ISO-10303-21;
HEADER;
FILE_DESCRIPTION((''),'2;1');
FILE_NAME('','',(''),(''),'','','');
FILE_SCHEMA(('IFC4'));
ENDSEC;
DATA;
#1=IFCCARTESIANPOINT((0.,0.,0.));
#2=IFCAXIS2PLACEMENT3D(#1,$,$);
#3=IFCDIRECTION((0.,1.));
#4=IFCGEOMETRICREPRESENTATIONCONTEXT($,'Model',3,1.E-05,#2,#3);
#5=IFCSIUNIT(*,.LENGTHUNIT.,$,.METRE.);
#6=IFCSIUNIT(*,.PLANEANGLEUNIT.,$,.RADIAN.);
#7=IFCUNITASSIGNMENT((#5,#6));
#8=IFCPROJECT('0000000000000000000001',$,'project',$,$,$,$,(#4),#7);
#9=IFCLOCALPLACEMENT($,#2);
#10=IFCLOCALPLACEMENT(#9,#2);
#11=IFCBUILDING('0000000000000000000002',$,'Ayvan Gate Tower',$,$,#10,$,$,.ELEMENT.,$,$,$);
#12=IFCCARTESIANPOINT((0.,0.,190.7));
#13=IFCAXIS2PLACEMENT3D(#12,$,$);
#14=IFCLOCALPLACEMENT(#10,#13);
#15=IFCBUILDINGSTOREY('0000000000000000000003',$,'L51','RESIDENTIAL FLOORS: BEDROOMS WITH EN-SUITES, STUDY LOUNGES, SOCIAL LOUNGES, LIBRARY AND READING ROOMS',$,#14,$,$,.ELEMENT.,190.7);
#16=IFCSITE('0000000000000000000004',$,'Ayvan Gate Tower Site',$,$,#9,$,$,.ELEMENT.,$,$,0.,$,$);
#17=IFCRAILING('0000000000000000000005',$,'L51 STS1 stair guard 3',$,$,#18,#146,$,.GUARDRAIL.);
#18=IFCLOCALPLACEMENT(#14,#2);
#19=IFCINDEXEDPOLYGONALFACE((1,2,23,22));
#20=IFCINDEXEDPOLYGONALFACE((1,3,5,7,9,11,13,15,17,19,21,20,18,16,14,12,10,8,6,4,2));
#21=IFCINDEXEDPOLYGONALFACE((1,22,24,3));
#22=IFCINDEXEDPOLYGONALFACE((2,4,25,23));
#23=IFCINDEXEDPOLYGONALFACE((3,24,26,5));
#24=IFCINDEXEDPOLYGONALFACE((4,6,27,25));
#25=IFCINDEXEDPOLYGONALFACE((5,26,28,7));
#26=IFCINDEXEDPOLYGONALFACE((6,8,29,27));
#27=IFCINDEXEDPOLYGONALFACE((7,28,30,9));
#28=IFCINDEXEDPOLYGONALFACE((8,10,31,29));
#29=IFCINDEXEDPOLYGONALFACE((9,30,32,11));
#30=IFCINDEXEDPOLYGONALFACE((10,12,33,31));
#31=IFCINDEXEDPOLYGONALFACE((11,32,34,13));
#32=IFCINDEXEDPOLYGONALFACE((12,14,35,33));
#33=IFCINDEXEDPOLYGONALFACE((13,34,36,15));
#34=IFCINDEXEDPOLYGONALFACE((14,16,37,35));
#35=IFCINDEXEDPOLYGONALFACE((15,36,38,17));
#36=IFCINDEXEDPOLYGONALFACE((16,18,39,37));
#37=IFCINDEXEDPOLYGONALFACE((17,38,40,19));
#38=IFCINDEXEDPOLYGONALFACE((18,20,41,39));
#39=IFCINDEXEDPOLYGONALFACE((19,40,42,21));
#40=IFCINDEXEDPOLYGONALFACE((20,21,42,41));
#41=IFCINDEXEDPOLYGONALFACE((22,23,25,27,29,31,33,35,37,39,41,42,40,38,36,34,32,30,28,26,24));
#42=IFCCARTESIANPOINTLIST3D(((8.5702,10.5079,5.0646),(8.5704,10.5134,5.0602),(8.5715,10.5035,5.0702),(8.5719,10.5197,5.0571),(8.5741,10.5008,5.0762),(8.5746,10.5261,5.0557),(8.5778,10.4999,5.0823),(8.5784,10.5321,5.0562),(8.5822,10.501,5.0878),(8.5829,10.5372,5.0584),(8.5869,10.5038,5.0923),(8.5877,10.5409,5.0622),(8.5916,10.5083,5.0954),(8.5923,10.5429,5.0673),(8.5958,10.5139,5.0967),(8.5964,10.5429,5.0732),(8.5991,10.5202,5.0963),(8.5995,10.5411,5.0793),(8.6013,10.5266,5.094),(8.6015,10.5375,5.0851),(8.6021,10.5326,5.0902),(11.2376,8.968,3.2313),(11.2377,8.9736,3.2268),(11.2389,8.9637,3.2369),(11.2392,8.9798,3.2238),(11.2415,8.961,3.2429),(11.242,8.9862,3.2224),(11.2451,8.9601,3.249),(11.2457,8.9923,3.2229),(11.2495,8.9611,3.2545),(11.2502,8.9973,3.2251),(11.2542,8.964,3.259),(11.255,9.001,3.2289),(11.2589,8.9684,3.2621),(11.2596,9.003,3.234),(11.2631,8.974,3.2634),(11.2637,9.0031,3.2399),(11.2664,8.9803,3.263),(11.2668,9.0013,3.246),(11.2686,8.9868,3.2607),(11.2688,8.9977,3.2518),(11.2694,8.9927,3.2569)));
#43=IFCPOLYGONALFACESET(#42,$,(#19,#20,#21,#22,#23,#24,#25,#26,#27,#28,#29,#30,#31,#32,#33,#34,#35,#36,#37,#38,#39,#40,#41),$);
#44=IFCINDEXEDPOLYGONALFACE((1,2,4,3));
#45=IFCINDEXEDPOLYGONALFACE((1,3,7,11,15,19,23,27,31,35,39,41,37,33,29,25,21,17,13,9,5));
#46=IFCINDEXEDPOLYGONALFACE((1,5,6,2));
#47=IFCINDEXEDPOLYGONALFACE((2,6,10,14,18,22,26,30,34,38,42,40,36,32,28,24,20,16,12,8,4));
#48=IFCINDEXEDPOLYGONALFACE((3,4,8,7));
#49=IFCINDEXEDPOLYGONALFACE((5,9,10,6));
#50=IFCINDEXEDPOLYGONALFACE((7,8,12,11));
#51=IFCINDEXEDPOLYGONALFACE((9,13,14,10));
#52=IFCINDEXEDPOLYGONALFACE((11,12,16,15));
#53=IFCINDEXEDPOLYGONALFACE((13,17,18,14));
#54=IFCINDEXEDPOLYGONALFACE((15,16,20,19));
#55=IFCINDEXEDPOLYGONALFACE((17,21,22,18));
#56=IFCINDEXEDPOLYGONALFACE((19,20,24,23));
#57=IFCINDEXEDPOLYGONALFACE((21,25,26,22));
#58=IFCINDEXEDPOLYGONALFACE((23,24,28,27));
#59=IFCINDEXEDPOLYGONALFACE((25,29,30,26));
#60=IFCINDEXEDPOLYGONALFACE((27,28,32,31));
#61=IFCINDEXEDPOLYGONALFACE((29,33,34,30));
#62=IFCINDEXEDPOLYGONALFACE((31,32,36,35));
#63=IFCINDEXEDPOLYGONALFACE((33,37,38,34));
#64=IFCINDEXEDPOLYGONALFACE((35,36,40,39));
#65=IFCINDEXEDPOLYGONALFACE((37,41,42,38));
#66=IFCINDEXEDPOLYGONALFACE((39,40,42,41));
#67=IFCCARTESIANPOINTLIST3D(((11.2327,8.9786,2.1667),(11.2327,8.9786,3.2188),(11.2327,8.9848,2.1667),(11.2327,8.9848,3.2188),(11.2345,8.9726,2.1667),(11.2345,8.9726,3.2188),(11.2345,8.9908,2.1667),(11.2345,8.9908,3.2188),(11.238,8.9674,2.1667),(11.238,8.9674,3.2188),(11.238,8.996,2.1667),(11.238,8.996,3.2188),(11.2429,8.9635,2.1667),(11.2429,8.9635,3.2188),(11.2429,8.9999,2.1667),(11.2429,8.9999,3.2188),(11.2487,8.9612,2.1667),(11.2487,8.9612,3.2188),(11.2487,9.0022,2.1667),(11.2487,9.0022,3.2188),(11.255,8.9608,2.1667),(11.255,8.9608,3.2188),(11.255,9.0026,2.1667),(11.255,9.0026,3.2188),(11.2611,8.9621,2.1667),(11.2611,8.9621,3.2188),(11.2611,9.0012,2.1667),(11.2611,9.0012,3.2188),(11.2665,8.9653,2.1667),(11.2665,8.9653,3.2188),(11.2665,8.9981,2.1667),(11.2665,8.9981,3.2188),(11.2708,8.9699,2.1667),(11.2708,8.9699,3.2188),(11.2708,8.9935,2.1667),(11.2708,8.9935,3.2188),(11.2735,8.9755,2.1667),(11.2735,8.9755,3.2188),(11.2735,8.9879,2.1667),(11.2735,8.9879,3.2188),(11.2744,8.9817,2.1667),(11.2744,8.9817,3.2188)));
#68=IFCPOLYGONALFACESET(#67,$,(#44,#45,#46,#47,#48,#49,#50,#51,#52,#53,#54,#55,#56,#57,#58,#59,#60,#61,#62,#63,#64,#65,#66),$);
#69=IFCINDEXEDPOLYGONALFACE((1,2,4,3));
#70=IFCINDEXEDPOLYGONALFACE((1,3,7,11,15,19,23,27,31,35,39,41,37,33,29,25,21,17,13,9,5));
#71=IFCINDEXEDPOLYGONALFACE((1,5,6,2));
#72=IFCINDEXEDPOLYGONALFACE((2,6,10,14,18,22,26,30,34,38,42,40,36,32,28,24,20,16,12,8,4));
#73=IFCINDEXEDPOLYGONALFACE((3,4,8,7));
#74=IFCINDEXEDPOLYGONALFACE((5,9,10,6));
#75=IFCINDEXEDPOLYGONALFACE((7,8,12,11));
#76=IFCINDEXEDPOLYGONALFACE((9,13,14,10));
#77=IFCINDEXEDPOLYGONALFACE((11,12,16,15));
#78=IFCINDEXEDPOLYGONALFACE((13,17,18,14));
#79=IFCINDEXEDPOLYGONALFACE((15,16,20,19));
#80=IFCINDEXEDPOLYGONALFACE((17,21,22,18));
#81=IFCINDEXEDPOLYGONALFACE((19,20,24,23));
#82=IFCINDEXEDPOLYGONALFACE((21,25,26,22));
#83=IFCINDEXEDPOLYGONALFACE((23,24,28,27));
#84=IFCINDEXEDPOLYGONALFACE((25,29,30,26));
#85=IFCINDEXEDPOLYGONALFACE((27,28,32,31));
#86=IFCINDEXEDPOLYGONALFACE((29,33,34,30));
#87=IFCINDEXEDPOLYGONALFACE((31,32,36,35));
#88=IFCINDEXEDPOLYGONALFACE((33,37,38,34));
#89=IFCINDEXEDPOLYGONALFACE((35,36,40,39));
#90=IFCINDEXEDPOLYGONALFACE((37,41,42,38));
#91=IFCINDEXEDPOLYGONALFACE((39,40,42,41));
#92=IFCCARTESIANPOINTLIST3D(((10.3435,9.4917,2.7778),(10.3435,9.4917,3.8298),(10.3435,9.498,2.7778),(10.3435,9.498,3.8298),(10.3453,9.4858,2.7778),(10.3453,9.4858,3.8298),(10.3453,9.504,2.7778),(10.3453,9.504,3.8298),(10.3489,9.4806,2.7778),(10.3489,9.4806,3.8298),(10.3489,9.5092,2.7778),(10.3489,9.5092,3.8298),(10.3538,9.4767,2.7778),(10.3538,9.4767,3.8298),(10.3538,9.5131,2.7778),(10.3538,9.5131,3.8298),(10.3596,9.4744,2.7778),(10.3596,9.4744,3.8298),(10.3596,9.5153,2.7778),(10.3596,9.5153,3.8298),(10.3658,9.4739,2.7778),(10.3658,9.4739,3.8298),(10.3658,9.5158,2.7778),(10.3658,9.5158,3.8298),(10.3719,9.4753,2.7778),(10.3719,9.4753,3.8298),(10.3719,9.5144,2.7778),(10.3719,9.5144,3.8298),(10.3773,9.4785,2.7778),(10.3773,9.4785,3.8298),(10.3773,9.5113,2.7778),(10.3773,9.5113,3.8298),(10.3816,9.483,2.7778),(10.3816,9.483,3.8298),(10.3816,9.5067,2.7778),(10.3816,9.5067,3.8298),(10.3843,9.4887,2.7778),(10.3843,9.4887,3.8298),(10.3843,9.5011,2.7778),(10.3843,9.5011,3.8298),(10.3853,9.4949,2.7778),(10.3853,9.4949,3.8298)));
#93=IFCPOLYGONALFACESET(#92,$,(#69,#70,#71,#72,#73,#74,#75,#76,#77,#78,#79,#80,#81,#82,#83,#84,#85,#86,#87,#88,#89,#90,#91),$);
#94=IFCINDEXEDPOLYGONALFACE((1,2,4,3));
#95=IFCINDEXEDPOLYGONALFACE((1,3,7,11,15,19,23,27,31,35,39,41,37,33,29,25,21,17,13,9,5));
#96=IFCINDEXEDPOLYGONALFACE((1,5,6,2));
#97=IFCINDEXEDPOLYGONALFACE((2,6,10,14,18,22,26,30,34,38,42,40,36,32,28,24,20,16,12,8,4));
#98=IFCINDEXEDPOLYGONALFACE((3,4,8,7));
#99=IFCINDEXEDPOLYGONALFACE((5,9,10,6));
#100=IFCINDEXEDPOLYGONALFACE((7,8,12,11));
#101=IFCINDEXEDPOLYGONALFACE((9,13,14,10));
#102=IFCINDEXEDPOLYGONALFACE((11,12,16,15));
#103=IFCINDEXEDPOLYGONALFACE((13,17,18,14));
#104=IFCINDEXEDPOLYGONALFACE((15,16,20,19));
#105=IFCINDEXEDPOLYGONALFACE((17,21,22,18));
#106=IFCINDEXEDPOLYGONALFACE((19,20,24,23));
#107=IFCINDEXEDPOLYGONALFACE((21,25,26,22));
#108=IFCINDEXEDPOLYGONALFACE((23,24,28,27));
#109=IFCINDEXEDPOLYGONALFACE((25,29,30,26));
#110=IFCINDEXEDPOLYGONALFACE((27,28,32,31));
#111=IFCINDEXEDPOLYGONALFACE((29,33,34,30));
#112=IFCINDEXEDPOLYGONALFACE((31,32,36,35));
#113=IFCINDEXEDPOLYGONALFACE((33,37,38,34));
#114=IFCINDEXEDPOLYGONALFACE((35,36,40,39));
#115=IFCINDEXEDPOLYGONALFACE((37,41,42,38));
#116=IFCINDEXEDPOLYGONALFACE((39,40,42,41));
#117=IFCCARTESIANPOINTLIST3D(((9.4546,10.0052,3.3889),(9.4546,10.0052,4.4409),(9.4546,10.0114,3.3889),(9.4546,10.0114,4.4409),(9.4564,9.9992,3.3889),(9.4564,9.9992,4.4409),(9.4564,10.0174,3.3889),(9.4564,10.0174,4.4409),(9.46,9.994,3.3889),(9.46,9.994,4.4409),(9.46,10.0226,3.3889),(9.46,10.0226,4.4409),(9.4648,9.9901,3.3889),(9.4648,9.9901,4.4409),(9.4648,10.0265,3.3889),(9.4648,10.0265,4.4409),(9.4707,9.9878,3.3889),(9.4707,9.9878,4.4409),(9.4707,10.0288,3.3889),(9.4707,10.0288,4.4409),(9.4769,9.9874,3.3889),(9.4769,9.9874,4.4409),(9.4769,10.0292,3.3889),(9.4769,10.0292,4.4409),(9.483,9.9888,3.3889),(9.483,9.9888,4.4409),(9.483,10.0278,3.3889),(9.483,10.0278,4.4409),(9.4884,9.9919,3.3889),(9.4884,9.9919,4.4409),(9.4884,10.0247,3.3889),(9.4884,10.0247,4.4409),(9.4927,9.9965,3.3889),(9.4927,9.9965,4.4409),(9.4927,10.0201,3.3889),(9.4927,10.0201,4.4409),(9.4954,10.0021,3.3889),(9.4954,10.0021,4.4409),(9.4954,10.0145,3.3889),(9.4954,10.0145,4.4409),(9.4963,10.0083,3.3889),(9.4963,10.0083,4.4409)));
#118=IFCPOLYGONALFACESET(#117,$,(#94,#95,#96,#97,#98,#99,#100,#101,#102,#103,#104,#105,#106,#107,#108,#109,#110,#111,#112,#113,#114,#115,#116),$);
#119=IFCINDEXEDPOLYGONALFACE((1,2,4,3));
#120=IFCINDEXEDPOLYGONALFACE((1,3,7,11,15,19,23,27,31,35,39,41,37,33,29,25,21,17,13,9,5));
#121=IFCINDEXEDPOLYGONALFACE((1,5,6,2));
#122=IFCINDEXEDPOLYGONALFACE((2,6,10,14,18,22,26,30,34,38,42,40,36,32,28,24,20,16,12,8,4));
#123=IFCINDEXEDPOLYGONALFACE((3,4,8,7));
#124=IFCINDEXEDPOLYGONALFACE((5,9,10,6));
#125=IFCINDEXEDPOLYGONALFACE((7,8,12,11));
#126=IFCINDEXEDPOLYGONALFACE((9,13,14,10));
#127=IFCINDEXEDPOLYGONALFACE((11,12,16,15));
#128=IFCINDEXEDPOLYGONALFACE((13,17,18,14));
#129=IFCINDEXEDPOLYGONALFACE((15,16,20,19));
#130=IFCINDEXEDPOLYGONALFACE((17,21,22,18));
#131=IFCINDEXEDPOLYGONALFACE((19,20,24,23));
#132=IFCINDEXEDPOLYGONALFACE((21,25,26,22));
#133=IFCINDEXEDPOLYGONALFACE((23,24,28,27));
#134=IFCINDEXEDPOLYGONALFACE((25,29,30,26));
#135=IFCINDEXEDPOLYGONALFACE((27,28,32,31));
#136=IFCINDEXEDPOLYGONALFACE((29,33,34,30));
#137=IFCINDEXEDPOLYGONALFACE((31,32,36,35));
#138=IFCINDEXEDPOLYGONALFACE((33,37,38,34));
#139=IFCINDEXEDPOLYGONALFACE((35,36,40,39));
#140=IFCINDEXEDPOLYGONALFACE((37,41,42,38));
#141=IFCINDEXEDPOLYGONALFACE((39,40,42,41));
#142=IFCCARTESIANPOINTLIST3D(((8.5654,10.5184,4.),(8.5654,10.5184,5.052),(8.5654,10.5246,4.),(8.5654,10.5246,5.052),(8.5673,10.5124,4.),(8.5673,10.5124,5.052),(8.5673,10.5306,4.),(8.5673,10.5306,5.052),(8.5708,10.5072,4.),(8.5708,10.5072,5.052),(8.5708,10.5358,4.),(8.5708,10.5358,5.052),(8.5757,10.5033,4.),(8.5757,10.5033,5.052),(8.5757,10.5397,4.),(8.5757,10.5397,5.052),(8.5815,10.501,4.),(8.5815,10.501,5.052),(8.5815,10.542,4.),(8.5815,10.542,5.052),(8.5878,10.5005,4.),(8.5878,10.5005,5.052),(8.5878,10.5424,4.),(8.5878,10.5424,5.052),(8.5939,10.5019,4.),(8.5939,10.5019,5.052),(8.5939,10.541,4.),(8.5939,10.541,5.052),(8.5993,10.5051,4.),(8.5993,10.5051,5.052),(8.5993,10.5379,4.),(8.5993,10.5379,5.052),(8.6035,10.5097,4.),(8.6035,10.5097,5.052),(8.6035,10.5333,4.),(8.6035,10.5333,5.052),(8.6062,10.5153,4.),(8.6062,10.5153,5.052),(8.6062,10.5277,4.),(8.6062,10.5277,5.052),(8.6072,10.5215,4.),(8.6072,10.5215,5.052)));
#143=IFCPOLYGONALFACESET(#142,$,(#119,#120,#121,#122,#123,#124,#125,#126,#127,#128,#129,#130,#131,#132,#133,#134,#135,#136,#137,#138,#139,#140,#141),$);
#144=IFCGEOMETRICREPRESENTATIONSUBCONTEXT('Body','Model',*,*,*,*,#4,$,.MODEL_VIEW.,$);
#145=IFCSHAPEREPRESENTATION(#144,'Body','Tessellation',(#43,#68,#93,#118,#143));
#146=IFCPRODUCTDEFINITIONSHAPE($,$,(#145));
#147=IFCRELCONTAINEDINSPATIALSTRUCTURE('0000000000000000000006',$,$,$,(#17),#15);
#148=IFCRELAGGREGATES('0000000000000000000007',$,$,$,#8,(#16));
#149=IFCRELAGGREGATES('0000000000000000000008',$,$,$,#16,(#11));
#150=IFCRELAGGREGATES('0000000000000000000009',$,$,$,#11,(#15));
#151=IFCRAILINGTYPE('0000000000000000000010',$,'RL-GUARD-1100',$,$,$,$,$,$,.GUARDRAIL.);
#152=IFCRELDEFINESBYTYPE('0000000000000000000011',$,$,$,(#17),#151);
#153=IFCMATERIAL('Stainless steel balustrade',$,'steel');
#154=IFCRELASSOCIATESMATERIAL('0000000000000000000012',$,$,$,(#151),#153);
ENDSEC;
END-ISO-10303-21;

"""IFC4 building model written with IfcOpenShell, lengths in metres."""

from ifc_helpers import new_model, si_unit, direction, frame, origin, origin_2d, place, context, subcontext, project, spatial, circle, extrude, material, type_object, element, save


model = new_model("IFC4")

# Units and contexts
model_context = context("Model", 3, precision=1e-05, world=origin(), true_north=direction((0.0, 1.0)))
body_context = subcontext(model_context, "Body", "Model", "MODEL_VIEW")
ifc_project = project(units=[si_unit("LENGTHUNIT", "METRE"), si_unit("PLANEANGLEUNIT", "RADIAN")], contexts=[model_context])

# Site, building, storey
site_placement = place(None, origin())
site = spatial("IfcSite", under=ifc_project, at=site_placement, Name="Ayvan Gate Tower Site", CompositionType="ELEMENT", RefElevation=0.0)
building_placement = place(site_placement, origin())
building = spatial("IfcBuilding", under=site, at=building_placement, Name="Ayvan Gate Tower", CompositionType="ELEMENT")
storey_placement = place(building_placement, frame((0.0, 0.0, 190.7)))
storey = spatial("IfcBuildingStorey", under=building, at=storey_placement, Name="L51", Description="RESIDENTIAL FLOORS: BEDROOMS WITH EN-SUITES, STUDY LOUNGES, SOCIAL LOUNGES, LIBRARY AND READING ROOMS", CompositionType="ELEMENT", Elevation=190.7)

# Railing
ifc_material_1 = material(Name="Stainless steel balustrade", Category="steel")
railing_type_1 = type_object("IfcRailingType", Name="RL-GUARD-1100", PredefinedType="GUARDRAIL", material=ifc_material_1)
railing_1_placement = place(storey_placement, frame((11.2534, 8.9817, 2.1667)))
element("IfcRailing", 1, at=railing_1_placement, inside=storey, type_object=railing_type_1, Name="L51 STS1 stair guard 3", PredefinedType="GUARDRAIL", context=body_context, shape_type="SweptSolid", body=[
    extrude(circle(Radius=0.0239, at=origin_2d()), frame((0.0, 0.0, 1.0762), z_axis=(-0.744181, 0.429616, 0.511493), x_axis=(-0.499967, -0.866044, 0.0)), (0.0, 0.0, 1.0), 3.5842),
    extrude(circle(Radius=0.021, at=origin_2d()), origin(), (0.0, 0.0, 1.0), 1.052),
    extrude(circle(Radius=0.021, at=origin_2d()), frame((-0.8892, 0.5132, 0.6111)), (0.0, 0.0, 1.0), 1.052),
    extrude(circle(Radius=0.021, at=origin_2d()), frame((-1.7781, 1.0266, 1.2222)), (0.0, 0.0, 1.0), 1.052),
    extrude(circle(Radius=0.021, at=origin_2d()), frame((-2.6672, 1.5398, 1.8333)), (0.0, 0.0, 1.0), 1.052),
])

save(model, "model.ifc")
